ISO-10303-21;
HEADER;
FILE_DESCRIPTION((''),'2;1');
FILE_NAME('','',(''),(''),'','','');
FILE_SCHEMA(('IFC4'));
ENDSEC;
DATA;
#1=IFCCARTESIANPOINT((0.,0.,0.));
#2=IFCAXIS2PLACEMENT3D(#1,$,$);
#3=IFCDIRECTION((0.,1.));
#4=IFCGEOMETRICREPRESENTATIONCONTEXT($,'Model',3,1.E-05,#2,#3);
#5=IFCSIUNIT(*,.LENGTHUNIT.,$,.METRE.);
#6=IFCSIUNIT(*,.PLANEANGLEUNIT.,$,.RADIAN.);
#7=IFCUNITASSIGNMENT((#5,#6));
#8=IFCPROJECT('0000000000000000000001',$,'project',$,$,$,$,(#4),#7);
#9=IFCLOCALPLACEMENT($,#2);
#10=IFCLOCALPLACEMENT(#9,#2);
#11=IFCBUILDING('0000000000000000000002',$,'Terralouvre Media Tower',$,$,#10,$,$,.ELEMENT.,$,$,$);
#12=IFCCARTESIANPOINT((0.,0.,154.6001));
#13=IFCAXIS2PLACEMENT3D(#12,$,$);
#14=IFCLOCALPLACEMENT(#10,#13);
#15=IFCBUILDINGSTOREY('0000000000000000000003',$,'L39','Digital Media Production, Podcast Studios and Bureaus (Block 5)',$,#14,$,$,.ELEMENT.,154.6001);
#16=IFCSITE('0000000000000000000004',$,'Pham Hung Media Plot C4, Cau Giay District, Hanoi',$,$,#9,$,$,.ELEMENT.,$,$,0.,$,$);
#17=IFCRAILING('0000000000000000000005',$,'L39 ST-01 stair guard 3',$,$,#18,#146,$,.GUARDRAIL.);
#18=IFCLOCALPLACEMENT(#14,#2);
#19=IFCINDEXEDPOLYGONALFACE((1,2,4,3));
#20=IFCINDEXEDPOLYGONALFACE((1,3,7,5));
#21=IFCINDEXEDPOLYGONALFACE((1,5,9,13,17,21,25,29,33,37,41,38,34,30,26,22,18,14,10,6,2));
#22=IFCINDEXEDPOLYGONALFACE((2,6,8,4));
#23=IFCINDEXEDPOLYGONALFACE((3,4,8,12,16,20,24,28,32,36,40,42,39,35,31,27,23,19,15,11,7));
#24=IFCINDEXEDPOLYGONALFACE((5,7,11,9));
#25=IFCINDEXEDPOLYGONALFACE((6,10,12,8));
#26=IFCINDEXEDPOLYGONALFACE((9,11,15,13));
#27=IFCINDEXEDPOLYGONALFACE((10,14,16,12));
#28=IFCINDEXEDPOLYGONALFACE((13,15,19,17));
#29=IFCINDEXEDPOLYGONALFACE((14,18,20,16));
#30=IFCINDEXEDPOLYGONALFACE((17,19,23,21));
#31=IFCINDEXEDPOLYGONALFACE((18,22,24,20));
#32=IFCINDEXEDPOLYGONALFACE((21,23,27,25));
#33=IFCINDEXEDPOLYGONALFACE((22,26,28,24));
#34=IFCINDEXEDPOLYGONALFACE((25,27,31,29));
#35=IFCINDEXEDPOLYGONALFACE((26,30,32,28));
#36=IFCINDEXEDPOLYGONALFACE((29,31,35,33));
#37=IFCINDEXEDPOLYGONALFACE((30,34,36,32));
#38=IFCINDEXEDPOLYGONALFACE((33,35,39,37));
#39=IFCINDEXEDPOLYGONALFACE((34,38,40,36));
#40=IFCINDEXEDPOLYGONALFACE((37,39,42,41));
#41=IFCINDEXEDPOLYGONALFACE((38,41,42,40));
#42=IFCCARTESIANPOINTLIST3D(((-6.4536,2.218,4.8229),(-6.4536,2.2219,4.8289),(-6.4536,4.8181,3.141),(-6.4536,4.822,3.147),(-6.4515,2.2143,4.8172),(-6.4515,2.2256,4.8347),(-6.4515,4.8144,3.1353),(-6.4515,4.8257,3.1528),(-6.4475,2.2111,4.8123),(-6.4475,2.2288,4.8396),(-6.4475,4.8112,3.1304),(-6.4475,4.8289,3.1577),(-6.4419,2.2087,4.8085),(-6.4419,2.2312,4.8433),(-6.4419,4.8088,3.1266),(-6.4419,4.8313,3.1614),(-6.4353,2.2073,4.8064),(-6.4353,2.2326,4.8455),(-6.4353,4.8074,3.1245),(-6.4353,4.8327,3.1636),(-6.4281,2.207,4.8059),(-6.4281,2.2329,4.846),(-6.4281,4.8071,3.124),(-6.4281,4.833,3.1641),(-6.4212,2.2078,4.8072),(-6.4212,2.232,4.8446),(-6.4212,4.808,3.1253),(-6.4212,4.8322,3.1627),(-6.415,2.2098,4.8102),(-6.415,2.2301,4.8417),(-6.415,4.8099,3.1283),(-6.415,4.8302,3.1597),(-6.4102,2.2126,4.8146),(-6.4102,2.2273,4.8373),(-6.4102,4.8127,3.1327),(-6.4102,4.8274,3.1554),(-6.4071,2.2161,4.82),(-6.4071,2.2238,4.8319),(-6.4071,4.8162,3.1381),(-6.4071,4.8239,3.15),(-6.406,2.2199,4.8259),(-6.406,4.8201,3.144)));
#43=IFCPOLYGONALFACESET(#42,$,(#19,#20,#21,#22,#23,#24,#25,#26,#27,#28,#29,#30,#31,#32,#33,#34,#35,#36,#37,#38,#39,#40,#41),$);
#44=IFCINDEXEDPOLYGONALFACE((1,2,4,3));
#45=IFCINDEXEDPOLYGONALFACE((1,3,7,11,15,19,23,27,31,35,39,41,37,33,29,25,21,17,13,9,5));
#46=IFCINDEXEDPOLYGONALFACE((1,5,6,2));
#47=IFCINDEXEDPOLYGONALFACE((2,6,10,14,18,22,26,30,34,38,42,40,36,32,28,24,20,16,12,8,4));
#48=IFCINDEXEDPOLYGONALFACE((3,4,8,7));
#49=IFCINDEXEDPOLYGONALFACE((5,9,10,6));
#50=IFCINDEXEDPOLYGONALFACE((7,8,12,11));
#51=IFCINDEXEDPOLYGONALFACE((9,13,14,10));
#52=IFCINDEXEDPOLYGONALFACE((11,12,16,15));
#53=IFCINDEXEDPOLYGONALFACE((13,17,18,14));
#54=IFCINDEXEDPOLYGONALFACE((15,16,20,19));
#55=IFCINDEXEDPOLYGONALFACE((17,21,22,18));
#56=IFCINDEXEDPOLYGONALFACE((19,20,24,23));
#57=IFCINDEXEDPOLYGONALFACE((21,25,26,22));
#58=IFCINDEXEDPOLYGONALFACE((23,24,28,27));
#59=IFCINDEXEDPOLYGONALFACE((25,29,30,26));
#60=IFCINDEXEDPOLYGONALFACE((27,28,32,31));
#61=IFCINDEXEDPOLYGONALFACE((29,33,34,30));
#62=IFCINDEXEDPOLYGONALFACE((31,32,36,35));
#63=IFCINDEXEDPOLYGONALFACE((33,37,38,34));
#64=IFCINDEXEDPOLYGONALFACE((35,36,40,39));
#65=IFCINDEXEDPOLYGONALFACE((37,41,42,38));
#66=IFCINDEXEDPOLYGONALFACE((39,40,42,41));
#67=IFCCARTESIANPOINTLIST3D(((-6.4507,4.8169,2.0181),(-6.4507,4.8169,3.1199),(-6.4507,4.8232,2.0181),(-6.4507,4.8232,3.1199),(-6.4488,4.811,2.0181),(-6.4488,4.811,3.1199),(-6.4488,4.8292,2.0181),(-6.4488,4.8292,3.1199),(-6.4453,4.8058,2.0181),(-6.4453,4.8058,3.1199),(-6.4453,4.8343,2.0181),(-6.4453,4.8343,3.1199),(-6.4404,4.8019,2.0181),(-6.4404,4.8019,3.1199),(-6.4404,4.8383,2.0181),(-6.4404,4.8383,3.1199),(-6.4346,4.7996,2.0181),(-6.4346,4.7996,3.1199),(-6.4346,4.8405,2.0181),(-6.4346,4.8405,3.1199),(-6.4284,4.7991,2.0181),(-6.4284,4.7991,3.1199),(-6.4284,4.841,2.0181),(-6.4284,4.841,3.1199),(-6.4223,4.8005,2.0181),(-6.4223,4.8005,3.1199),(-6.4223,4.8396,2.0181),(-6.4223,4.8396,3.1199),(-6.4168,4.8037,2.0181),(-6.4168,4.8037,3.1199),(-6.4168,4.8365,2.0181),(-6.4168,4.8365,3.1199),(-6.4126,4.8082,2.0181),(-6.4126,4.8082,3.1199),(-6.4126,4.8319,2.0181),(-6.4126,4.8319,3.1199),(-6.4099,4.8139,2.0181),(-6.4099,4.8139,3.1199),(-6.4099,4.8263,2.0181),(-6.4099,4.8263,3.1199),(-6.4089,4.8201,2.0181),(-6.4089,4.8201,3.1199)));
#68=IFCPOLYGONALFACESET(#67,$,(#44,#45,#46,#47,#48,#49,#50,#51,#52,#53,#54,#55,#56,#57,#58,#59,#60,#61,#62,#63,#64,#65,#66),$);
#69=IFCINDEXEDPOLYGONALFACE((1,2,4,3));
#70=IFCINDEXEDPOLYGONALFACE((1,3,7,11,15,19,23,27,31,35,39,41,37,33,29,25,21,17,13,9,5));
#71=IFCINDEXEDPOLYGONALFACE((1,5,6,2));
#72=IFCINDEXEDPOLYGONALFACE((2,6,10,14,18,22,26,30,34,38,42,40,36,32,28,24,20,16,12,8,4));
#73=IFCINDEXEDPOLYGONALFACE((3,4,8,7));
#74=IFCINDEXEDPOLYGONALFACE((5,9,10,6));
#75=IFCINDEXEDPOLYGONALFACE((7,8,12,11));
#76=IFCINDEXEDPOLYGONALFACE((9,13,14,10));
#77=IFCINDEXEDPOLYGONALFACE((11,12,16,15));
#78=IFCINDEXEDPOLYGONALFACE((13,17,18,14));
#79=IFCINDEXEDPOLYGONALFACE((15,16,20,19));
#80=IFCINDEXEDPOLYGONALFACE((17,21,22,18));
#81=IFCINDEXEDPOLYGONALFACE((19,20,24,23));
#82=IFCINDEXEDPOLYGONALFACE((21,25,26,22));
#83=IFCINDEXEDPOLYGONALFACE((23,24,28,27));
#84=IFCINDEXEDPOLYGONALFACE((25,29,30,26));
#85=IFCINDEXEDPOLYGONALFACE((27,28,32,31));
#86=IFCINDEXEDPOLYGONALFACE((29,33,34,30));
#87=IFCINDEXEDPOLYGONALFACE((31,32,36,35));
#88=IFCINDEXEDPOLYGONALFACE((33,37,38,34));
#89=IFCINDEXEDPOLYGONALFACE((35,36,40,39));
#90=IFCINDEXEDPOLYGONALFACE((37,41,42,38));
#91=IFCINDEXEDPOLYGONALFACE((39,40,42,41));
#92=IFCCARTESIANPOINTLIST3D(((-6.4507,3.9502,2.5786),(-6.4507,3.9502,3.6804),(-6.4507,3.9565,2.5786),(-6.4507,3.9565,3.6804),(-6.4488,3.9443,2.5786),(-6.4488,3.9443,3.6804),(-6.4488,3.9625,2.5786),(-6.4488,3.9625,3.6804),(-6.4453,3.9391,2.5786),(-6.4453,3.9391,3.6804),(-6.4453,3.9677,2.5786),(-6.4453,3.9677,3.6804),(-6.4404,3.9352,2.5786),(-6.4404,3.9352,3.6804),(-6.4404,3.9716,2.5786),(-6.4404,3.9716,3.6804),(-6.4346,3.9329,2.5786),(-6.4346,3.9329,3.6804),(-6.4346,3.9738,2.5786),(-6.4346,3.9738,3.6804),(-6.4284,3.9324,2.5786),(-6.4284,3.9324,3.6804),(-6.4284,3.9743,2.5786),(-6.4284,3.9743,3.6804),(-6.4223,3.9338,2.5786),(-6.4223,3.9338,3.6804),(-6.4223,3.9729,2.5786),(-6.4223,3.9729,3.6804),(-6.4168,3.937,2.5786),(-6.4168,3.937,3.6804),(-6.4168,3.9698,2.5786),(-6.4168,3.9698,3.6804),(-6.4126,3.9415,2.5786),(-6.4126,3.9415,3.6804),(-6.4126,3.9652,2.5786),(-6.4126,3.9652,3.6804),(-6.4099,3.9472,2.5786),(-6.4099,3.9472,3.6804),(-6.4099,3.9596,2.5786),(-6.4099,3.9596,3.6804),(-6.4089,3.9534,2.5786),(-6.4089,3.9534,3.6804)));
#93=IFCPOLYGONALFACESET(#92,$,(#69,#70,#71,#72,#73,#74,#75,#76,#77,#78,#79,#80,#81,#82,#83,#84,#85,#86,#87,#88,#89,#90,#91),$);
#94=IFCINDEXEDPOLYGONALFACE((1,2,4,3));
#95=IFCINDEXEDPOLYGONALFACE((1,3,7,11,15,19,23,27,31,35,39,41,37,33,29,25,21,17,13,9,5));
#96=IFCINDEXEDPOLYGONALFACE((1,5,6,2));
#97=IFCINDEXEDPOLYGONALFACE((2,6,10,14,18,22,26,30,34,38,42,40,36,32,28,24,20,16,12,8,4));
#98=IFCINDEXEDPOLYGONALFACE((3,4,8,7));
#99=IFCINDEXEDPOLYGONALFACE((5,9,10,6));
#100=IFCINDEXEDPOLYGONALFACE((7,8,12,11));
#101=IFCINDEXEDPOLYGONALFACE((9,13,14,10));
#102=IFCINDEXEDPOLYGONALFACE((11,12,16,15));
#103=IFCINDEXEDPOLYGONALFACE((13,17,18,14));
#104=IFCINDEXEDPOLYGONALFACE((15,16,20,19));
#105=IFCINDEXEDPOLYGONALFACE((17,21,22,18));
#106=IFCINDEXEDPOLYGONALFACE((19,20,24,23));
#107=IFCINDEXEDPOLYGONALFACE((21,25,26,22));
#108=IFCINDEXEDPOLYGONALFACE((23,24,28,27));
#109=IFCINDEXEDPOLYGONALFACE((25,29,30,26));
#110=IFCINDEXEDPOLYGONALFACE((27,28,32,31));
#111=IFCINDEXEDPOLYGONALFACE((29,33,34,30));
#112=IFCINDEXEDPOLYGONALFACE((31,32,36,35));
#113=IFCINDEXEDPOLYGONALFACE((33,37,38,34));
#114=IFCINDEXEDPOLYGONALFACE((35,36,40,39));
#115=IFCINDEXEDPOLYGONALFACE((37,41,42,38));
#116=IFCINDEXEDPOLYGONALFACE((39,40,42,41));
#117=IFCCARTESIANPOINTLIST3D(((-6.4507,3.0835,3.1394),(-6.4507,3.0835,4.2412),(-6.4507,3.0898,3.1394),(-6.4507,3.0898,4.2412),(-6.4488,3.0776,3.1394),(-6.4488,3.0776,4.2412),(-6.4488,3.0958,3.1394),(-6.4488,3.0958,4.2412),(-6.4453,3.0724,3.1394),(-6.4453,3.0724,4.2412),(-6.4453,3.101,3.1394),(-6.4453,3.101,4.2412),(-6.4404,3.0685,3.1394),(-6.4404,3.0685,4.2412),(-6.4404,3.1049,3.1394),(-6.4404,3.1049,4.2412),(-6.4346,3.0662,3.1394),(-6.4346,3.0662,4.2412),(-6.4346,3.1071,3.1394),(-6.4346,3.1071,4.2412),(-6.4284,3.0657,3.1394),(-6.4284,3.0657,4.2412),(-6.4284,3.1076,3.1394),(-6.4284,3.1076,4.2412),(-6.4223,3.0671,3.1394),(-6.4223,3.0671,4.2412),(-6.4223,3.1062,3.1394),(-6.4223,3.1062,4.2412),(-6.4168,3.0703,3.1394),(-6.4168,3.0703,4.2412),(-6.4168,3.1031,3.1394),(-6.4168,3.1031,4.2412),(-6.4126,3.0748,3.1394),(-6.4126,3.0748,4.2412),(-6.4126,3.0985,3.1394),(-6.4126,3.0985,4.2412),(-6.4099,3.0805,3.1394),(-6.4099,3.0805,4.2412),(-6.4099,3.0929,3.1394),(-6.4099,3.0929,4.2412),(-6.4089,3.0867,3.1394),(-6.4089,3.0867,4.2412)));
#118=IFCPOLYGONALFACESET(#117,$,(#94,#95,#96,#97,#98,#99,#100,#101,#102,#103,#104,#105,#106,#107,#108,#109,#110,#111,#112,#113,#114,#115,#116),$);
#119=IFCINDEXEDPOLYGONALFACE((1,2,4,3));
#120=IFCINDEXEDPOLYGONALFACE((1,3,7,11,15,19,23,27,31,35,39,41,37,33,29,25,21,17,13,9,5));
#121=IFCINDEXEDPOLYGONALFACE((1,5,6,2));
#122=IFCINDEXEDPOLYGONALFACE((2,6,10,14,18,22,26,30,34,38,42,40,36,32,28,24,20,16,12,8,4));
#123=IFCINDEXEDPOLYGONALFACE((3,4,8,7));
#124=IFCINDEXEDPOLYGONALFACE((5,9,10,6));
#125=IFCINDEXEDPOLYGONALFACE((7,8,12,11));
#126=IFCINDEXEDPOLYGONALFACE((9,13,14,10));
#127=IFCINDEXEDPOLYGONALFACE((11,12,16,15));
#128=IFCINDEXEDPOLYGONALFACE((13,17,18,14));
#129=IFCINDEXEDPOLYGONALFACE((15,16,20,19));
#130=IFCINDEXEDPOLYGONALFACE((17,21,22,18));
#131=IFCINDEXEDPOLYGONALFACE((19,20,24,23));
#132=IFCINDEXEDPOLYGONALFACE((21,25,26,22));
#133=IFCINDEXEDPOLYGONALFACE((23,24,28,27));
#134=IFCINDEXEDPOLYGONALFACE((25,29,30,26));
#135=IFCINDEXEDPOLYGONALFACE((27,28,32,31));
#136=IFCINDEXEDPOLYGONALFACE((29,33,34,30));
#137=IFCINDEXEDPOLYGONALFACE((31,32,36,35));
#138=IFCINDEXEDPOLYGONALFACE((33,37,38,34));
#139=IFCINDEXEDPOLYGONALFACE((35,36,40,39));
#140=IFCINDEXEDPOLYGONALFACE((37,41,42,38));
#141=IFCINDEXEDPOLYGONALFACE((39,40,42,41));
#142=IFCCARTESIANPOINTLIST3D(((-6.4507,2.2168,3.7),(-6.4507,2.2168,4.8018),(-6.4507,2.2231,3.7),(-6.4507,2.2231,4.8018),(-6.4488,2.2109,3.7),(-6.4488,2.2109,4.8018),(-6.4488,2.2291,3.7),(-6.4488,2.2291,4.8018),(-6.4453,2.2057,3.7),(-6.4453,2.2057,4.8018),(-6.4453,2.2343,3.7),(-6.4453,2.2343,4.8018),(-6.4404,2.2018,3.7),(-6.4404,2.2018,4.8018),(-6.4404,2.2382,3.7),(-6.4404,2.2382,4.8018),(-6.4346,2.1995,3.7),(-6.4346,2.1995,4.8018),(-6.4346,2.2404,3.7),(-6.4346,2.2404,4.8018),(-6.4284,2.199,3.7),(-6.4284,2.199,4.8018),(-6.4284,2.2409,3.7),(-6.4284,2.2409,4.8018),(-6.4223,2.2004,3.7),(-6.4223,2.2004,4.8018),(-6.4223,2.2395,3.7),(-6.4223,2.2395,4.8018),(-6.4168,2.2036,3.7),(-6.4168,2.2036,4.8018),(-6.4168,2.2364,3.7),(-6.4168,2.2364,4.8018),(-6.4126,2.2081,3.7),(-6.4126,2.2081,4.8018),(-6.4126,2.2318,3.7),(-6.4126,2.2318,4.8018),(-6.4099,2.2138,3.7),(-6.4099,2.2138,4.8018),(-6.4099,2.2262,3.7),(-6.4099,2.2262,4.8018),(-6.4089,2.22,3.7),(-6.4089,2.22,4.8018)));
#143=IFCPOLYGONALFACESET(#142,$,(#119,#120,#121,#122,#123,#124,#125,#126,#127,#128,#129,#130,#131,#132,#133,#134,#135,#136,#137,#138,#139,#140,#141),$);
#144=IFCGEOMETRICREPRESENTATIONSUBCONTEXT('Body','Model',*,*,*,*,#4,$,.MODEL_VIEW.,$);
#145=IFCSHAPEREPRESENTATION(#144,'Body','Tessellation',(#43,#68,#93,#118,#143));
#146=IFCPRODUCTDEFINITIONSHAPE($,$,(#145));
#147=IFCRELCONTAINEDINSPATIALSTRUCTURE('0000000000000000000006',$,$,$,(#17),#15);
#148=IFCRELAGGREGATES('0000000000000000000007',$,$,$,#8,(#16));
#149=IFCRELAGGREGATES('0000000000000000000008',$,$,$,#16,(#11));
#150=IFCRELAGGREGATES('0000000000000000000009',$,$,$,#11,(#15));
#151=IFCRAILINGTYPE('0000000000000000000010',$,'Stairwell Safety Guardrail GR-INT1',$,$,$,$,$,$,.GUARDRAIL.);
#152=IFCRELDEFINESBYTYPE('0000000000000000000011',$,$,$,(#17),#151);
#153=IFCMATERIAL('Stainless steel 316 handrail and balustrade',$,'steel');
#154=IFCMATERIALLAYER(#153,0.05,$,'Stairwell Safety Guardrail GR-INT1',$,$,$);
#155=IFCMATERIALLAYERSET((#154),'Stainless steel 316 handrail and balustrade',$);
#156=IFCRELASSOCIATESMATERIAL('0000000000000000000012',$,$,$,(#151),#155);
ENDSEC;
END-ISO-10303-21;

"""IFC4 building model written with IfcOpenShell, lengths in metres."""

from ifc_helpers import new_model, si_unit, direction, frame, origin, origin_2d, place, context, subcontext, project, spatial, circle, extrude, material, layer, layer_set, type_object, element, save


model = new_model("IFC4")

# Units and contexts
model_context = context("Model", 3, precision=1e-05, world=origin(), true_north=direction((0.0, 1.0)))
body_context = subcontext(model_context, "Body", "Model", "MODEL_VIEW")
ifc_project = project(units=[si_unit("LENGTHUNIT", "METRE"), si_unit("PLANEANGLEUNIT", "RADIAN")], contexts=[model_context])

# Site, building, storey
site_placement = place(None, origin())
site = spatial("IfcSite", under=ifc_project, at=site_placement, Name="Pham Hung Media Plot C4, Cau Giay District, Hanoi", CompositionType="ELEMENT", RefElevation=0.0)
building_placement = place(site_placement, origin())
building = spatial("IfcBuilding", under=site, at=building_placement, Name="Terralouvre Media Tower", CompositionType="ELEMENT")
storey_placement = place(building_placement, frame((0.0, 0.0, 154.6001)))
storey = spatial("IfcBuildingStorey", under=building, at=storey_placement, Name="L39", Description="Digital Media Production, Podcast Studios and Bureaus (Block 5)", CompositionType="ELEMENT", Elevation=154.6001)

# Railing
ifc_material_1 = material(Name="Stainless steel 316 handrail and balustrade", Category="steel")
ifc_layer_1 = layer(ifc_material_1, 0.05, Name="Stairwell Safety Guardrail GR-INT1")
ifc_layer_set_1 = layer_set([ifc_layer_1], Name="Stainless steel 316 handrail and balustrade")
railing_type_1 = type_object("IfcRailingType", Name="Stairwell Safety Guardrail GR-INT1", PredefinedType="GUARDRAIL", material=ifc_layer_set_1)
railing_1_placement = place(storey_placement, frame((-6.4299, 4.8201, 2.0181)))
element("IfcRailing", 1, at=railing_1_placement, inside=storey, type_object=railing_type_1, Name="L39 ST-01 stair guard 3", PredefinedType="GUARDRAIL", context=body_context, shape_type="SweptSolid", body=[
    extrude(circle(Radius=0.0239, at=origin_2d()), frame((0.0, 0.0, 1.126), z_axis=(0.0, -0.839648, 0.54313), x_axis=(1.0, 0.0, 0.0)), (0.0, 0.0, 1.0), 3.0967),
    extrude(circle(Radius=0.021, at=origin_2d()), origin(), (0.0, 0.0, 1.0), 1.1018),
    extrude(circle(Radius=0.021, at=origin_2d()), frame((0.0, -0.8667, 0.5605)), (0.0, 0.0, 1.0), 1.1018),
    extrude(circle(Radius=0.021, at=origin_2d()), frame((0.0, -1.7334, 1.1213)), (0.0, 0.0, 1.0), 1.1018),
    extrude(circle(Radius=0.021, at=origin_2d()), frame((0.0, -2.6001, 1.6819)), (0.0, 0.0, 1.0), 1.1018),
])

save(model, "model.ifc")
